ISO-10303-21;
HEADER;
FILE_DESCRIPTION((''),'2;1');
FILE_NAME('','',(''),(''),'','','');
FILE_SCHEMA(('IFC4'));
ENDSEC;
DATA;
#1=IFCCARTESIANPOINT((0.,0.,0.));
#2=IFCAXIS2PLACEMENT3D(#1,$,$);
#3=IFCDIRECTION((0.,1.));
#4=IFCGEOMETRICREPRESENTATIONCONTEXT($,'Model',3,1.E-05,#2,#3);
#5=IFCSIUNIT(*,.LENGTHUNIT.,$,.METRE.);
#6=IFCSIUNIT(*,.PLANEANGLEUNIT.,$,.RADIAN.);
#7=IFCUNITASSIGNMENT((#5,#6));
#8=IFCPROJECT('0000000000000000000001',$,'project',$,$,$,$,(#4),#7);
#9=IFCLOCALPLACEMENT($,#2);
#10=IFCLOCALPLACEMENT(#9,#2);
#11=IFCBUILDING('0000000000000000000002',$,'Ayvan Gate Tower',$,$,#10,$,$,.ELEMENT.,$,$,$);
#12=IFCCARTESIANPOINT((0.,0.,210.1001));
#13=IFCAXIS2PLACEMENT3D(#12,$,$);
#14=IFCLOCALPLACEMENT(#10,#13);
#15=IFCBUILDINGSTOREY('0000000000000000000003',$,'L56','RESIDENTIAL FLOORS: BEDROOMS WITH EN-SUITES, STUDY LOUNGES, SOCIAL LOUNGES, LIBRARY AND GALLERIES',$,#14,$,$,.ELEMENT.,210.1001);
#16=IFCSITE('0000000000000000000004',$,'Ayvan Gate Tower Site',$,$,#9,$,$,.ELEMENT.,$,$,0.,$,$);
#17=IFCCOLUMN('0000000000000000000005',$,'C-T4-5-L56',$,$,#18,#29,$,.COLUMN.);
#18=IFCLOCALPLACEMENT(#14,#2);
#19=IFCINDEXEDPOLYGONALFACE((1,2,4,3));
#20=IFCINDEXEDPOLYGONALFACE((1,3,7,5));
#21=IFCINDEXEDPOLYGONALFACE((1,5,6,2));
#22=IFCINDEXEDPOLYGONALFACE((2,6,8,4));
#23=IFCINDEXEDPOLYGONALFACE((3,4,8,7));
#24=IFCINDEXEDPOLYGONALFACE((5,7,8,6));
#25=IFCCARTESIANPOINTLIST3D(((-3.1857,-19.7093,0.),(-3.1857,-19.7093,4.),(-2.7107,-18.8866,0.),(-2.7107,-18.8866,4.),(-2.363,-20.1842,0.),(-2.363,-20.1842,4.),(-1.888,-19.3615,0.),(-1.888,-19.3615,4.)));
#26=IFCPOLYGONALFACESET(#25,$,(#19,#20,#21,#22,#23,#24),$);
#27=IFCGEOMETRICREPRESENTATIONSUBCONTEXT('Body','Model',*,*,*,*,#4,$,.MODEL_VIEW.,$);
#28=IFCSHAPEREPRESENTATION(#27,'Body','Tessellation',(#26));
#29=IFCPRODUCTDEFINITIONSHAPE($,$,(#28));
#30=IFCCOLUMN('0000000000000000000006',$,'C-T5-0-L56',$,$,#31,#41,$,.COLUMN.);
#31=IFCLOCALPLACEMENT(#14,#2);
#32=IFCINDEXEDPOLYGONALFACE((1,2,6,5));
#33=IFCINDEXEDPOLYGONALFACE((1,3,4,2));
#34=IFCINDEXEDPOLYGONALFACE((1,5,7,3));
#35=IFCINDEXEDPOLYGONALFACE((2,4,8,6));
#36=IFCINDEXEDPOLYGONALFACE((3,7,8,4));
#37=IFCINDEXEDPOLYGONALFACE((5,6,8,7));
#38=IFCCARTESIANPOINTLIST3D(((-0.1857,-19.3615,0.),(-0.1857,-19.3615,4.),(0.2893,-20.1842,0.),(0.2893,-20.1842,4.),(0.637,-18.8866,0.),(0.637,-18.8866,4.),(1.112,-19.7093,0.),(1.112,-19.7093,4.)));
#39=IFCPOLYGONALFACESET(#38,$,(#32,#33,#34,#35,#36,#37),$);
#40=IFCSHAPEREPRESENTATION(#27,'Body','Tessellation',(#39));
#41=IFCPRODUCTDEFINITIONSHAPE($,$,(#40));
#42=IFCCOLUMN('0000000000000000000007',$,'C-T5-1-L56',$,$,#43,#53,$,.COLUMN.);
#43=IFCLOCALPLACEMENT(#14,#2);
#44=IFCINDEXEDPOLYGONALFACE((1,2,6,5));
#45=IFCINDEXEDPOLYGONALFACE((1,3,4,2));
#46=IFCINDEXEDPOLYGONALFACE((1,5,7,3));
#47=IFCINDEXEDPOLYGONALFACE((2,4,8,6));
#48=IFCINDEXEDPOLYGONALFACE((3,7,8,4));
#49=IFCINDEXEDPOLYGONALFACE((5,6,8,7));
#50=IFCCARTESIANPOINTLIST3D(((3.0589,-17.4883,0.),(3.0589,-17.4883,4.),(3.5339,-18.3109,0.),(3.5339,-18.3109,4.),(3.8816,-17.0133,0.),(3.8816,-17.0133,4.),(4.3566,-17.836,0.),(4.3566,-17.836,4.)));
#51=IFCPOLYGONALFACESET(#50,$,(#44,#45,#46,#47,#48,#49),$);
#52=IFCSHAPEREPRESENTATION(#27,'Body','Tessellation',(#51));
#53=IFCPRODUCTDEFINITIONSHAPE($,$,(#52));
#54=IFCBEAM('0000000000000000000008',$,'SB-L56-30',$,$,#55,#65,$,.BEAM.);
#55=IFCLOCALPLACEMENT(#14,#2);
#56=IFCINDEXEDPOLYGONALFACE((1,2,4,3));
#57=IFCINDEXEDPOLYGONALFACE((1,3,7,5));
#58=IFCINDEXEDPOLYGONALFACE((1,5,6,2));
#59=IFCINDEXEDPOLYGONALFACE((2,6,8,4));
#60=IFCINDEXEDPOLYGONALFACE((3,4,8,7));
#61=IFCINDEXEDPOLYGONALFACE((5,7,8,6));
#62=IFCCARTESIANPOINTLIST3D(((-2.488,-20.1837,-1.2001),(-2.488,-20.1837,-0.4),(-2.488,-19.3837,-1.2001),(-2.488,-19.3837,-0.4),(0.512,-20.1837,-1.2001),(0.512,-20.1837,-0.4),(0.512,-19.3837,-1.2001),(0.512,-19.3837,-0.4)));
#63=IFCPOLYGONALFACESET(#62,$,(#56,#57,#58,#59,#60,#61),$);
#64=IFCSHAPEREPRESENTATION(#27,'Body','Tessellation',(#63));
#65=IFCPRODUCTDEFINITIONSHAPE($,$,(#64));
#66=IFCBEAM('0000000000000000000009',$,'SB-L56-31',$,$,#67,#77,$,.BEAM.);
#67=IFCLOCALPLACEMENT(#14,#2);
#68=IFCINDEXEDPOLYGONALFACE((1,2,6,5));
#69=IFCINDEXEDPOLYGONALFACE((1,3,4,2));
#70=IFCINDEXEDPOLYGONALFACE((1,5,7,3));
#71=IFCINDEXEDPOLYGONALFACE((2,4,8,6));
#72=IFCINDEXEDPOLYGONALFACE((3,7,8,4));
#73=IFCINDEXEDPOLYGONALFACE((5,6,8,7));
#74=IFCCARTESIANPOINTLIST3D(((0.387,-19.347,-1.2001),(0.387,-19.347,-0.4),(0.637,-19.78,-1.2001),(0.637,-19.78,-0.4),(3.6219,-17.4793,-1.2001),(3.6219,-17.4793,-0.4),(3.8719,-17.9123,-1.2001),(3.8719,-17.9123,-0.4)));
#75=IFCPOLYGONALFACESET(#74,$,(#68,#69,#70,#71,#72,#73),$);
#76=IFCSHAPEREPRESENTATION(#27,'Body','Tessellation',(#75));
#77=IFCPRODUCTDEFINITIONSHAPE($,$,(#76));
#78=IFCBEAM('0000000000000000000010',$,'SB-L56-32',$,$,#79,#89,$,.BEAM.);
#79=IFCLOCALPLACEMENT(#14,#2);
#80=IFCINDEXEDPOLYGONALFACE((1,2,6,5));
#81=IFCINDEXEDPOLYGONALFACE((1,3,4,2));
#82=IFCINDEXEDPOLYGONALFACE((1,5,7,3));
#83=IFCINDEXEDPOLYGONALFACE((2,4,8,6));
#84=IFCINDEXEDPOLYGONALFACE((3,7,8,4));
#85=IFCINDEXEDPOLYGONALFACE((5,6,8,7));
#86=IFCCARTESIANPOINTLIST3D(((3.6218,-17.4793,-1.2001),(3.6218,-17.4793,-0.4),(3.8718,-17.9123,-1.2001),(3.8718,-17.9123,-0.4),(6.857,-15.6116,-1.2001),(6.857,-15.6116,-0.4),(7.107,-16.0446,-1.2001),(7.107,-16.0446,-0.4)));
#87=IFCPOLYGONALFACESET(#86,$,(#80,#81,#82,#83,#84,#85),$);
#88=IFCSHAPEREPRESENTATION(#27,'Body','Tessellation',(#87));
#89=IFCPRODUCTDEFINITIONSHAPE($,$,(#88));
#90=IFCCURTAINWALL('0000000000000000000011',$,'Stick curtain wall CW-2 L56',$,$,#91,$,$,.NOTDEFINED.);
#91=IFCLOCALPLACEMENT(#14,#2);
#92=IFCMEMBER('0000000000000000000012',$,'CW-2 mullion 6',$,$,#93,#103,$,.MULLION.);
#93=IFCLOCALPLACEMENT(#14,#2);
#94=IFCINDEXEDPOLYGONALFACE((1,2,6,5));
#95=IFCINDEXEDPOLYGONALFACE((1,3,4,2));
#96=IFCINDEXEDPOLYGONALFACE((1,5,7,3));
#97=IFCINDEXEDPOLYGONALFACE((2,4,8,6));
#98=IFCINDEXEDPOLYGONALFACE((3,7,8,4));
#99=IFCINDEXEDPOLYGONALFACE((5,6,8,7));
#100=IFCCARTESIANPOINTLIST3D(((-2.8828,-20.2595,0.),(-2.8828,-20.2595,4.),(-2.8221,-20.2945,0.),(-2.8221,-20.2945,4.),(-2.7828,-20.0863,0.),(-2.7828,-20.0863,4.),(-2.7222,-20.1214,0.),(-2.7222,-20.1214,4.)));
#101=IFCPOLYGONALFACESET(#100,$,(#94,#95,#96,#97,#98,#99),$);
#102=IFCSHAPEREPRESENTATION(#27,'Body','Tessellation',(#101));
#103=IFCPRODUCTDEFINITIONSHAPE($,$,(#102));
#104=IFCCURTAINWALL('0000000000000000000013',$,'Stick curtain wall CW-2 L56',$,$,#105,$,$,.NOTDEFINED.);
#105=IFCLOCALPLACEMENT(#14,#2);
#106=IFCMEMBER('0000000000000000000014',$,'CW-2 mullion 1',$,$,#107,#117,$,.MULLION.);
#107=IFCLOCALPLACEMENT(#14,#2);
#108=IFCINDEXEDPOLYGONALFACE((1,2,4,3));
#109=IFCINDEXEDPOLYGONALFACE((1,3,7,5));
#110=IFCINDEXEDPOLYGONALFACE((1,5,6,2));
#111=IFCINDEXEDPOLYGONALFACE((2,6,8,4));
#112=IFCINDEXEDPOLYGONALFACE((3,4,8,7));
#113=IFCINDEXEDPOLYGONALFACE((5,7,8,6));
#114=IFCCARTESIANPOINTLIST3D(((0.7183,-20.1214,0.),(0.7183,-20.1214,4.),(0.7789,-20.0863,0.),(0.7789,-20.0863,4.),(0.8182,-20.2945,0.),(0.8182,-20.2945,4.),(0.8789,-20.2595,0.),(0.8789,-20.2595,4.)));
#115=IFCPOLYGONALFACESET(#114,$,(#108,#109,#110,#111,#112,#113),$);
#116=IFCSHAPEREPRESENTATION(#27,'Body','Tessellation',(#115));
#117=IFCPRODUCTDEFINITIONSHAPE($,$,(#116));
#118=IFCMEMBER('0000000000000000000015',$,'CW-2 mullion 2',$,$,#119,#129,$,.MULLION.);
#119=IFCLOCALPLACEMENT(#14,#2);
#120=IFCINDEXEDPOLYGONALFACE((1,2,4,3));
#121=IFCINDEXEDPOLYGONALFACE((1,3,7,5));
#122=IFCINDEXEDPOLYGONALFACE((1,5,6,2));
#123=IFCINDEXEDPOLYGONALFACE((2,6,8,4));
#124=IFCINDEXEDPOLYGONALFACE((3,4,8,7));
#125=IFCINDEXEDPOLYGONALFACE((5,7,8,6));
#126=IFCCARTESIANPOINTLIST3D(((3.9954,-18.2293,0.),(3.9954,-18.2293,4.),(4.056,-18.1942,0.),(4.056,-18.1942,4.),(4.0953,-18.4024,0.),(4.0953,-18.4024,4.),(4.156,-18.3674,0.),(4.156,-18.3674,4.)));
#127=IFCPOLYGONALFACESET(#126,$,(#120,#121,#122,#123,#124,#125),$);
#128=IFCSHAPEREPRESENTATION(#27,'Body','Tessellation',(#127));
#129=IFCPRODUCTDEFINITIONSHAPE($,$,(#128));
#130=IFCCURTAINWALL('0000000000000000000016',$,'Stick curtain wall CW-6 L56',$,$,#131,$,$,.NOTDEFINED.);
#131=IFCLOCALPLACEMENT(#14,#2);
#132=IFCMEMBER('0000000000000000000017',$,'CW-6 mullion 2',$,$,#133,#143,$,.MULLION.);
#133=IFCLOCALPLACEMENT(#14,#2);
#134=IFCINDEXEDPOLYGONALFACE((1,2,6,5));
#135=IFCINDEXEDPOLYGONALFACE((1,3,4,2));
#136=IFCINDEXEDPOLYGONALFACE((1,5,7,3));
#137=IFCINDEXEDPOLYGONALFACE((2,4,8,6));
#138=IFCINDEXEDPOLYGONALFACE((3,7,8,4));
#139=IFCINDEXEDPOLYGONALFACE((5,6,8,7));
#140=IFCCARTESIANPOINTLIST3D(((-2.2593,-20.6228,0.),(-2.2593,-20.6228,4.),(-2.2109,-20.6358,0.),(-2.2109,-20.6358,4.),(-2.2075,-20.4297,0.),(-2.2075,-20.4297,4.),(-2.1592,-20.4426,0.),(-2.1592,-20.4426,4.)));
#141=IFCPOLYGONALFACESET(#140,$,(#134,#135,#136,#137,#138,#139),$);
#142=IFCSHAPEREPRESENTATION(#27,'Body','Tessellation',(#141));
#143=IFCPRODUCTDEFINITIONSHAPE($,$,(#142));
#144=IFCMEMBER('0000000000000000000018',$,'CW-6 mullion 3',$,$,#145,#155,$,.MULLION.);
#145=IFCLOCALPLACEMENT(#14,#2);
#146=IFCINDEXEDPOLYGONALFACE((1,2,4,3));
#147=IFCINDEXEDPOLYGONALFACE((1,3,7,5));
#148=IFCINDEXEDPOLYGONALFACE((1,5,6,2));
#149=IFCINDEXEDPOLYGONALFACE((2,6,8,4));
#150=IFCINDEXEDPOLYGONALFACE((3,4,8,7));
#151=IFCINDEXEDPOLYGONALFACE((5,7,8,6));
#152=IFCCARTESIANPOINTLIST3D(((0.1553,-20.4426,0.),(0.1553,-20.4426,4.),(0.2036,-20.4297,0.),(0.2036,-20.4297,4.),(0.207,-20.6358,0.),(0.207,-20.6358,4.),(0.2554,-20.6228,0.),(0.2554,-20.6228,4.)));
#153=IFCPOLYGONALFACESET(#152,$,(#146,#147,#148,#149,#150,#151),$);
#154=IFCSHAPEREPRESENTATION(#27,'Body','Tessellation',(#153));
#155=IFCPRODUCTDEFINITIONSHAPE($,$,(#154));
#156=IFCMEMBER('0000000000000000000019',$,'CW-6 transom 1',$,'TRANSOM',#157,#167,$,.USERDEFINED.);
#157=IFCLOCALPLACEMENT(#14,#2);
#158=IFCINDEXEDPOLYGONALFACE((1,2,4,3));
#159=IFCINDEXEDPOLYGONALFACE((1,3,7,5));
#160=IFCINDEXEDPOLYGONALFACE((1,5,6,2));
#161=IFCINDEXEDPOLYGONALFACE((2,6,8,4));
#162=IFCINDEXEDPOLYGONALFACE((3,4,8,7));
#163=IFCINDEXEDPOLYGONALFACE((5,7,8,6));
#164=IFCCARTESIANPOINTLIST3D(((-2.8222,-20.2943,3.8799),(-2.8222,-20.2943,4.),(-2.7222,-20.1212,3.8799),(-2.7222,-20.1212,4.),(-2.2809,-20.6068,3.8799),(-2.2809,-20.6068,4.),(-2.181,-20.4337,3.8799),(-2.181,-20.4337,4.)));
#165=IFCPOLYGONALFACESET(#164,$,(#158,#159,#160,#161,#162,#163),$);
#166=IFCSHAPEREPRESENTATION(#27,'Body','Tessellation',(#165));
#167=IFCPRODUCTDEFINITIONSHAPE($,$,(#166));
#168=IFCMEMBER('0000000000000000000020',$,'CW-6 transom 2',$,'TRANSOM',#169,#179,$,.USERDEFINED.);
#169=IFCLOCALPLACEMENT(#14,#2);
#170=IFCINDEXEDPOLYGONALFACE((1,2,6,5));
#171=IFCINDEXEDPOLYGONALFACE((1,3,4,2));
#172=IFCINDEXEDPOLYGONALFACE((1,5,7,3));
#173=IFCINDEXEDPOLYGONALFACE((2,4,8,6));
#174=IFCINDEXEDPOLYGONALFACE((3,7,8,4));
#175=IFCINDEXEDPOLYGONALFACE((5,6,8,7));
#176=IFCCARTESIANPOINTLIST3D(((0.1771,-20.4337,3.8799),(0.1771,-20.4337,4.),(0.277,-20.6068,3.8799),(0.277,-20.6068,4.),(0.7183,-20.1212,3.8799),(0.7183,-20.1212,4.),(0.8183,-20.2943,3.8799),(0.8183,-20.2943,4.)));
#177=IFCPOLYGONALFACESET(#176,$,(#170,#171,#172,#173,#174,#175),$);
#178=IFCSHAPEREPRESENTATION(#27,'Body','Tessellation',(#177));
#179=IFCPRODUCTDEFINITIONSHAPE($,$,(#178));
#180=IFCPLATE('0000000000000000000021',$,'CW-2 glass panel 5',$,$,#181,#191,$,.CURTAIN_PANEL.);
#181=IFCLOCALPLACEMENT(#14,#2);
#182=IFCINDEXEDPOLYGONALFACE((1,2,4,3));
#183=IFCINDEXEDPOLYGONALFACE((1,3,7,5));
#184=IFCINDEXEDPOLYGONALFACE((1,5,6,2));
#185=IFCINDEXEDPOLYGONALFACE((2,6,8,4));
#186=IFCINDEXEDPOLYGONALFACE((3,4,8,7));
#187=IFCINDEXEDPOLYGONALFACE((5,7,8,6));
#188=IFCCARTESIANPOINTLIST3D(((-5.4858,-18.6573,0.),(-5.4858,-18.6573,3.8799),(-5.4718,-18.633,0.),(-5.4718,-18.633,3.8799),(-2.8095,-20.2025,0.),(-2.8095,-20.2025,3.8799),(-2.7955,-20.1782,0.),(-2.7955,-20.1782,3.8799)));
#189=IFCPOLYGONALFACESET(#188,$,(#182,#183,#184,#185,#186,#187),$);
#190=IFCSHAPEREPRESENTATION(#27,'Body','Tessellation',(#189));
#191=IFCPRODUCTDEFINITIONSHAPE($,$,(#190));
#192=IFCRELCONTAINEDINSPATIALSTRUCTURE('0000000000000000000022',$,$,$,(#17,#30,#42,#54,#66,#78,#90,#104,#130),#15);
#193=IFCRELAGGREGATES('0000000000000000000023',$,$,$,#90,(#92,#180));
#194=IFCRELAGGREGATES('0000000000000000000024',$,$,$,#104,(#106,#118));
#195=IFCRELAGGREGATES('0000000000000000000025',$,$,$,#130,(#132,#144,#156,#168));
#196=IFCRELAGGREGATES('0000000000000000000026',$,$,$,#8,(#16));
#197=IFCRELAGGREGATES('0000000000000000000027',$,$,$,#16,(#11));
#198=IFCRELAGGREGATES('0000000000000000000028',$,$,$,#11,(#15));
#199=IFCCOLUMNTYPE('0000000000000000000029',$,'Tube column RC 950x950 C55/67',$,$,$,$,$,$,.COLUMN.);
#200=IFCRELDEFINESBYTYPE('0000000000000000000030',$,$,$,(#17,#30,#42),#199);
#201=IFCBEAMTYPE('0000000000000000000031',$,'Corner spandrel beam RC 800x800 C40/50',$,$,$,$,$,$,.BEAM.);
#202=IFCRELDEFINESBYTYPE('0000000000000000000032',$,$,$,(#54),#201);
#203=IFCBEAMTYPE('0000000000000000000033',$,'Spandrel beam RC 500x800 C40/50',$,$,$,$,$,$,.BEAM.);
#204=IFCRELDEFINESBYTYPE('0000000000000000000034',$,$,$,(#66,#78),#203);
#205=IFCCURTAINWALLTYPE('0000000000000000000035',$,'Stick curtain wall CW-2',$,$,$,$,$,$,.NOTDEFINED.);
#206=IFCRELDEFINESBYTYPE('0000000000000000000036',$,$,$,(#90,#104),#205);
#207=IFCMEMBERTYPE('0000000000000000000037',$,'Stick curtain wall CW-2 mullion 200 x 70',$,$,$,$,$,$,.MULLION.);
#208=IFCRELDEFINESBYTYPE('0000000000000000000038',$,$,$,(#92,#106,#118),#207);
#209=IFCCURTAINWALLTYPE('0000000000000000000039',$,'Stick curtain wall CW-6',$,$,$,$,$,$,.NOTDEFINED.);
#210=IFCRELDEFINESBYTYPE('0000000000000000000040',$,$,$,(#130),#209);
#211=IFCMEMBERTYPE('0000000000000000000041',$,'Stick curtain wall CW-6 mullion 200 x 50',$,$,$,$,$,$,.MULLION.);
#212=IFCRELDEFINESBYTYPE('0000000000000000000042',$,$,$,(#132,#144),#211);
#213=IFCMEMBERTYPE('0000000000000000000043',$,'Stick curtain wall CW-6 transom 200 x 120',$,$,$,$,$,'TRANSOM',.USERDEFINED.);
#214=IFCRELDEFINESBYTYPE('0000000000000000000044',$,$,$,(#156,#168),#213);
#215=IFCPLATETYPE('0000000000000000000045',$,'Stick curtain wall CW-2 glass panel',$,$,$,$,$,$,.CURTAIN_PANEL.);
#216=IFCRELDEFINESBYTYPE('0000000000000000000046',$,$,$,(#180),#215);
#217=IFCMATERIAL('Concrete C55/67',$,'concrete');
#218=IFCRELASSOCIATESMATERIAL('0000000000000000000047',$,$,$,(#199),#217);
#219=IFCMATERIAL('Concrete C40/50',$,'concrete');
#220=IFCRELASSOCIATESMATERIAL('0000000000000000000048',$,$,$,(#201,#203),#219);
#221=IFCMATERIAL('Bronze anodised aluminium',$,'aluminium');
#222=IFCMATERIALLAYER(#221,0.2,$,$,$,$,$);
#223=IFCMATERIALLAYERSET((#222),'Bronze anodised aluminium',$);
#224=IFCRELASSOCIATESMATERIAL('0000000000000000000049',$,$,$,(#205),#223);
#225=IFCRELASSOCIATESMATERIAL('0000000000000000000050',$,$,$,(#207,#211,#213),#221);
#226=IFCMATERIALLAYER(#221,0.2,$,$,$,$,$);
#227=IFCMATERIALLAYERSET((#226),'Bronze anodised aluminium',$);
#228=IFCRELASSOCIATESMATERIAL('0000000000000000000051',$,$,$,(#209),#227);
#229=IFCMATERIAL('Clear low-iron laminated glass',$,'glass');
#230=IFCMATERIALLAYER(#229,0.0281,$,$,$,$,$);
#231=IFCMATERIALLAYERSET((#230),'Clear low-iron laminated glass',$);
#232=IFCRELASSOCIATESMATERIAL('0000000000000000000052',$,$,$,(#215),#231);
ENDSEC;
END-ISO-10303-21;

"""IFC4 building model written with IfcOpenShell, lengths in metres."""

from ifc_helpers import new_model, si_unit, direction, frame, origin, origin_2d, place, context, subcontext, project, spatial, rectangle, extrude, material, layer, layer_set, material_profile, profile_set, type_object, element, aggregate, save


model = new_model("IFC4")

# Units and contexts
model_context = context("Model", 3, precision=1e-05, world=origin(), true_north=direction((0.0, 1.0)))
body_context = subcontext(model_context, "Body", "Model", "MODEL_VIEW")
ifc_project = project(units=[si_unit("LENGTHUNIT", "METRE"), si_unit("PLANEANGLEUNIT", "RADIAN")], contexts=[model_context])

# Site, building, storey
site_placement = place(None, origin())
site = spatial("IfcSite", under=ifc_project, at=site_placement, Name="Ayvan Gate Tower Site", CompositionType="ELEMENT", RefElevation=0.0)
building_placement = place(site_placement, origin())
building = spatial("IfcBuilding", under=site, at=building_placement, Name="Ayvan Gate Tower", CompositionType="ELEMENT")
storey_placement = place(building_placement, frame((0.0, 0.0, 210.1001)))
storey = spatial("IfcBuildingStorey", under=building, at=storey_placement, Name="L56", Description="RESIDENTIAL FLOORS: BEDROOMS WITH EN-SUITES, STUDY LOUNGES, SOCIAL LOUNGES, LIBRARY AND GALLERIES", CompositionType="ELEMENT", Elevation=210.1001)

# Columns
ifc_material_1 = material(Name="Concrete C55/67", Category="concrete")
ifc_material_profile_1 = material_profile(ifc_material_1, rectangle(XDim=0.95, YDim=0.95, at=origin_2d()), Name="RC 950x950")
ifc_profile_set_1 = profile_set([ifc_material_profile_1], Name="Concrete C55/67")
column_type = type_object("IfcColumnType", Name="Tube column RC 950x950 C55/67", PredefinedType="COLUMN", material=ifc_profile_set_1)
for number, where, z_axis, x_axis, name in (
    (1, (-2.5369, -19.5354, 0.0), (0.0, 0.0, 1.0), (-0.5, -0.866025, 0.0), "C-T4-5-L56"),
    (2, (0.4631, -19.5354, 0.0), (0.0, 0.0, 1.0), (0.5, -0.866025, 0.0), "C-T5-0-L56"),
    (3, (3.7078, -17.6621, 0.0), (0.0, 0.0, 1.0), (0.5, -0.866025, 0.0), "C-T5-1-L56"),
):
    element("IfcColumn", number, at=place(storey_placement, frame(where, z_axis=z_axis, x_axis=x_axis)), inside=storey, type_object=column_type, Name=name, PredefinedType="COLUMN", context=body_context, shape_type="SweptSolid", body=[
        extrude(rectangle(XDim=0.95, YDim=0.95, at=origin_2d()), origin(), (0.0, 0.0, 1.0), 4.0),
    ])

# Beams
ifc_material_2 = material(Name="Concrete C40/50", Category="concrete")
ifc_material_profile_2 = material_profile(ifc_material_2, rectangle(XDim=0.8, YDim=0.8, at=origin_2d()), Name="RC 800x800")
ifc_profile_set_2 = profile_set([ifc_material_profile_2], Name="Concrete C40/50")
beam_type_1 = type_object("IfcBeamType", Name="Corner spandrel beam RC 800x800 C40/50", PredefinedType="BEAM", material=ifc_profile_set_2)
beam_1_placement = place(storey_placement, frame((-2.488, -19.7837, -0.8), z_axis=(1.0, 0.0, 0.0), x_axis=(0.0, 1.0, 0.0)))
element("IfcBeam", 4, at=beam_1_placement, inside=storey, type_object=beam_type_1, Name="SB-L56-30", PredefinedType="BEAM", context=body_context, shape_type="SweptSolid", body=[
    extrude(rectangle(XDim=0.8, YDim=0.8, at=origin_2d()), origin(), (0.0, 0.0, 1.0), 3.0),
])
ifc_material_profile_3 = material_profile(ifc_material_2, rectangle(XDim=0.5, YDim=0.8, at=origin_2d()), Name="RC 500x800")
ifc_profile_set_3 = profile_set([ifc_material_profile_3], Name="Concrete C40/50")
beam_type_2 = type_object("IfcBeamType", Name="Spandrel beam RC 500x800 C40/50", PredefinedType="BEAM", material=ifc_profile_set_3)
beam_2_placement = place(storey_placement, frame((0.512, -19.5635, -0.8), z_axis=(0.866022, 0.500005, 0.0), x_axis=(-0.500005, 0.866022, 0.0)))
element("IfcBeam", 5, at=beam_2_placement, inside=storey, type_object=beam_type_2, Name="SB-L56-31", PredefinedType="BEAM", context=body_context, shape_type="SweptSolid", body=[
    extrude(rectangle(XDim=0.5, YDim=0.8, at=origin_2d()), origin(), (0.0, 0.0, 1.0), 3.7354),
])
beam_3_placement = place(storey_placement, frame((3.7468, -17.6958, -0.8), z_axis=(0.866039, 0.499977, 0.0), x_axis=(-0.499977, 0.866039, 0.0)))
element("IfcBeam", 6, at=beam_3_placement, inside=storey, type_object=beam_type_2, Name="SB-L56-32", PredefinedType="BEAM", context=body_context, shape_type="SweptSolid", body=[
    extrude(rectangle(XDim=0.5, YDim=0.8, at=origin_2d()), origin(), (0.0, 0.0, 1.0), 3.7356),
])

# Curtain wall, member
ifc_material_3 = material(Name="Bronze anodised aluminium", Category="aluminium")
ifc_layer_1 = layer(ifc_material_3, 0.2)
ifc_layer_set_1 = layer_set([ifc_layer_1], Name="Bronze anodised aluminium")
curtain_wall_type_1 = type_object("IfcCurtainWallType", Name="Stick curtain wall CW-2", PredefinedType="NOTDEFINED", material=ifc_layer_set_1)
curtain_wall_1_placement = place(storey_placement, origin())
curtain_wall_1 = element("IfcCurtainWall", 7, at=curtain_wall_1_placement, inside=storey, type_object=curtain_wall_type_1, Name="Stick curtain wall CW-2 L56", PredefinedType="NOTDEFINED")
ifc_material_profile_4 = material_profile(ifc_material_3, rectangle(XDim=0.2, YDim=0.0701, at=origin_2d()), Name="Stick curtain wall CW-2 mullion 200 x 70")
ifc_profile_set_4 = profile_set([ifc_material_profile_4], Name="Bronze anodised aluminium")
member_type_1 = type_object("IfcMemberType", Name="Stick curtain wall CW-2 mullion 200 x 70", PredefinedType="MULLION", material=ifc_profile_set_4)
member_1_placement = place(storey_placement, frame((-2.8025, -20.1904, 0.0), z_axis=(0.0, 0.0, 1.0), x_axis=(-0.5, -0.866025, 0.0)))
member_1 = element("IfcMember", 8, at=member_1_placement, type_object=member_type_1, Name="CW-2 mullion 6", PredefinedType="MULLION", context=body_context, shape_type="SweptSolid", body=[
    extrude(rectangle(XDim=0.2, YDim=0.0701, at=origin_2d()), origin(), (0.0, 0.0, 1.0), 4.0),
])

# Curtain walls, members
curtain_wall_2_placement = place(storey_placement, origin())
curtain_wall_2 = element("IfcCurtainWall", 9, at=curtain_wall_2_placement, inside=storey, type_object=curtain_wall_type_1, Name="Stick curtain wall CW-2 L56", PredefinedType="NOTDEFINED")
member_2_placement = place(storey_placement, frame((0.7986, -20.1904, 0.0), z_axis=(0.0, 0.0, 1.0), x_axis=(0.5, -0.866025, 0.0)))
member_2 = element("IfcMember", 10, at=member_2_placement, type_object=member_type_1, Name="CW-2 mullion 1", PredefinedType="MULLION", context=body_context, shape_type="SweptSolid", body=[
    extrude(rectangle(XDim=0.2, YDim=0.0701, at=origin_2d()), origin(), (0.0, 0.0, 1.0), 4.0),
])
member_3_placement = place(storey_placement, frame((4.0757, -18.2983, 0.0), z_axis=(0.0, 0.0, 1.0), x_axis=(0.5, -0.866025, 0.0)))
member_3 = element("IfcMember", 11, at=member_3_placement, type_object=member_type_1, Name="CW-2 mullion 2", PredefinedType="MULLION", context=body_context, shape_type="SweptSolid", body=[
    extrude(rectangle(XDim=0.2, YDim=0.0701, at=origin_2d()), origin(), (0.0, 0.0, 1.0), 4.0),
])
ifc_layer_2 = layer(ifc_material_3, 0.2)
ifc_layer_set_2 = layer_set([ifc_layer_2], Name="Bronze anodised aluminium")
curtain_wall_type_2 = type_object("IfcCurtainWallType", Name="Stick curtain wall CW-6", PredefinedType="NOTDEFINED", material=ifc_layer_set_2)
curtain_wall_3_placement = place(storey_placement, origin())
curtain_wall_3 = element("IfcCurtainWall", 12, at=curtain_wall_3_placement, inside=storey, type_object=curtain_wall_type_2, Name="Stick curtain wall CW-6 L56", PredefinedType="NOTDEFINED")
ifc_material_profile_5 = material_profile(ifc_material_3, rectangle(XDim=0.2, YDim=0.05, at=origin_2d()), Name="Stick curtain wall CW-6 mullion 200 x 50")
ifc_profile_set_5 = profile_set([ifc_material_profile_5], Name="Bronze anodised aluminium")
member_type_2 = type_object("IfcMemberType", Name="Stick curtain wall CW-6 mullion 200 x 50", PredefinedType="MULLION", material=ifc_profile_set_5)
member_4_placement = place(storey_placement, frame((-2.2092, -20.5327, 0.0), z_axis=(0.0, 0.0, 1.0), x_axis=(-0.258819, -0.965926, 0.0)))
member_4 = element("IfcMember", 13, at=member_4_placement, type_object=member_type_2, Name="CW-6 mullion 2", PredefinedType="MULLION", context=body_context, shape_type="SweptSolid", body=[
    extrude(rectangle(XDim=0.2, YDim=0.05, at=origin_2d()), origin(), (0.0, 0.0, 1.0), 4.0),
])
member_5_placement = place(storey_placement, frame((0.2053, -20.5327, 0.0), z_axis=(0.0, 0.0, 1.0), x_axis=(0.258819, -0.965926, 0.0)))
member_5 = element("IfcMember", 14, at=member_5_placement, type_object=member_type_2, Name="CW-6 mullion 3", PredefinedType="MULLION", context=body_context, shape_type="SweptSolid", body=[
    extrude(rectangle(XDim=0.2, YDim=0.05, at=origin_2d()), origin(), (0.0, 0.0, 1.0), 4.0),
])
ifc_material_profile_6 = material_profile(ifc_material_3, rectangle(XDim=0.2, YDim=0.1201, at=origin_2d()), Name="Stick curtain wall CW-6 transom 200 x 120")
ifc_profile_set_6 = profile_set([ifc_material_profile_6], Name="Bronze anodised aluminium")
member_type_3 = type_object("IfcMemberType", Name="Stick curtain wall CW-6 transom 200 x 120", ElementType="TRANSOM", PredefinedType="USERDEFINED", material=ifc_profile_set_6)
member_6_placement = place(storey_placement, frame((-2.7722, -20.2078, 3.9399), z_axis=(0.866023, -0.500004, 0.0), x_axis=(0.500004, 0.866023, 0.0)))
member_6 = element("IfcMember", 15, at=member_6_placement, type_object=member_type_3, Name="CW-6 transom 1", ObjectType="TRANSOM", PredefinedType="USERDEFINED", context=body_context, shape_type="SweptSolid", body=[
    extrude(rectangle(XDim=0.2, YDim=0.1201, at=origin_2d()), origin(), (0.0, 0.0, 1.0), 0.625),
])
member_7_placement = place(storey_placement, frame((0.2271, -20.5203, 3.9399), z_axis=(0.866023, 0.500004, 0.0), x_axis=(-0.500004, 0.866023, 0.0)))
member_7 = element("IfcMember", 16, at=member_7_placement, type_object=member_type_3, Name="CW-6 transom 2", ObjectType="TRANSOM", PredefinedType="USERDEFINED", context=body_context, shape_type="SweptSolid", body=[
    extrude(rectangle(XDim=0.2, YDim=0.1201, at=origin_2d()), origin(), (0.0, 0.0, 1.0), 0.625),
])

# Plate
ifc_material_4 = material(Name="Clear low-iron laminated glass", Category="glass")
ifc_layer_3 = layer(ifc_material_4, 0.0281)
ifc_layer_set_3 = layer_set([ifc_layer_3], Name="Clear low-iron laminated glass")
plate_type_1 = type_object("IfcPlateType", Name="Stick curtain wall CW-2 glass panel", PredefinedType="CURTAIN_PANEL", material=ifc_layer_set_3)
plate_1_placement = place(storey_placement, frame((-4.1406, -19.4177, 0.0), z_axis=(0.0, 0.0, 1.0), x_axis=(0.866025, -0.5, 0.0)))
plate_1 = element("IfcPlate", 17, at=plate_1_placement, type_object=plate_type_1, Name="CW-2 glass panel 5", PredefinedType="CURTAIN_PANEL", context=body_context, shape_type="SweptSolid", body=[
    extrude(rectangle(XDim=3.0903, YDim=0.0281, at=origin_2d()), origin(), (0.0, 0.0, 1.0), 3.8799),
])
aggregate(curtain_wall_1, [member_1, plate_1])
aggregate(curtain_wall_2, [member_2, member_3])
aggregate(curtain_wall_3, [member_4, member_5, member_6, member_7])

save(model, "model.ifc")
